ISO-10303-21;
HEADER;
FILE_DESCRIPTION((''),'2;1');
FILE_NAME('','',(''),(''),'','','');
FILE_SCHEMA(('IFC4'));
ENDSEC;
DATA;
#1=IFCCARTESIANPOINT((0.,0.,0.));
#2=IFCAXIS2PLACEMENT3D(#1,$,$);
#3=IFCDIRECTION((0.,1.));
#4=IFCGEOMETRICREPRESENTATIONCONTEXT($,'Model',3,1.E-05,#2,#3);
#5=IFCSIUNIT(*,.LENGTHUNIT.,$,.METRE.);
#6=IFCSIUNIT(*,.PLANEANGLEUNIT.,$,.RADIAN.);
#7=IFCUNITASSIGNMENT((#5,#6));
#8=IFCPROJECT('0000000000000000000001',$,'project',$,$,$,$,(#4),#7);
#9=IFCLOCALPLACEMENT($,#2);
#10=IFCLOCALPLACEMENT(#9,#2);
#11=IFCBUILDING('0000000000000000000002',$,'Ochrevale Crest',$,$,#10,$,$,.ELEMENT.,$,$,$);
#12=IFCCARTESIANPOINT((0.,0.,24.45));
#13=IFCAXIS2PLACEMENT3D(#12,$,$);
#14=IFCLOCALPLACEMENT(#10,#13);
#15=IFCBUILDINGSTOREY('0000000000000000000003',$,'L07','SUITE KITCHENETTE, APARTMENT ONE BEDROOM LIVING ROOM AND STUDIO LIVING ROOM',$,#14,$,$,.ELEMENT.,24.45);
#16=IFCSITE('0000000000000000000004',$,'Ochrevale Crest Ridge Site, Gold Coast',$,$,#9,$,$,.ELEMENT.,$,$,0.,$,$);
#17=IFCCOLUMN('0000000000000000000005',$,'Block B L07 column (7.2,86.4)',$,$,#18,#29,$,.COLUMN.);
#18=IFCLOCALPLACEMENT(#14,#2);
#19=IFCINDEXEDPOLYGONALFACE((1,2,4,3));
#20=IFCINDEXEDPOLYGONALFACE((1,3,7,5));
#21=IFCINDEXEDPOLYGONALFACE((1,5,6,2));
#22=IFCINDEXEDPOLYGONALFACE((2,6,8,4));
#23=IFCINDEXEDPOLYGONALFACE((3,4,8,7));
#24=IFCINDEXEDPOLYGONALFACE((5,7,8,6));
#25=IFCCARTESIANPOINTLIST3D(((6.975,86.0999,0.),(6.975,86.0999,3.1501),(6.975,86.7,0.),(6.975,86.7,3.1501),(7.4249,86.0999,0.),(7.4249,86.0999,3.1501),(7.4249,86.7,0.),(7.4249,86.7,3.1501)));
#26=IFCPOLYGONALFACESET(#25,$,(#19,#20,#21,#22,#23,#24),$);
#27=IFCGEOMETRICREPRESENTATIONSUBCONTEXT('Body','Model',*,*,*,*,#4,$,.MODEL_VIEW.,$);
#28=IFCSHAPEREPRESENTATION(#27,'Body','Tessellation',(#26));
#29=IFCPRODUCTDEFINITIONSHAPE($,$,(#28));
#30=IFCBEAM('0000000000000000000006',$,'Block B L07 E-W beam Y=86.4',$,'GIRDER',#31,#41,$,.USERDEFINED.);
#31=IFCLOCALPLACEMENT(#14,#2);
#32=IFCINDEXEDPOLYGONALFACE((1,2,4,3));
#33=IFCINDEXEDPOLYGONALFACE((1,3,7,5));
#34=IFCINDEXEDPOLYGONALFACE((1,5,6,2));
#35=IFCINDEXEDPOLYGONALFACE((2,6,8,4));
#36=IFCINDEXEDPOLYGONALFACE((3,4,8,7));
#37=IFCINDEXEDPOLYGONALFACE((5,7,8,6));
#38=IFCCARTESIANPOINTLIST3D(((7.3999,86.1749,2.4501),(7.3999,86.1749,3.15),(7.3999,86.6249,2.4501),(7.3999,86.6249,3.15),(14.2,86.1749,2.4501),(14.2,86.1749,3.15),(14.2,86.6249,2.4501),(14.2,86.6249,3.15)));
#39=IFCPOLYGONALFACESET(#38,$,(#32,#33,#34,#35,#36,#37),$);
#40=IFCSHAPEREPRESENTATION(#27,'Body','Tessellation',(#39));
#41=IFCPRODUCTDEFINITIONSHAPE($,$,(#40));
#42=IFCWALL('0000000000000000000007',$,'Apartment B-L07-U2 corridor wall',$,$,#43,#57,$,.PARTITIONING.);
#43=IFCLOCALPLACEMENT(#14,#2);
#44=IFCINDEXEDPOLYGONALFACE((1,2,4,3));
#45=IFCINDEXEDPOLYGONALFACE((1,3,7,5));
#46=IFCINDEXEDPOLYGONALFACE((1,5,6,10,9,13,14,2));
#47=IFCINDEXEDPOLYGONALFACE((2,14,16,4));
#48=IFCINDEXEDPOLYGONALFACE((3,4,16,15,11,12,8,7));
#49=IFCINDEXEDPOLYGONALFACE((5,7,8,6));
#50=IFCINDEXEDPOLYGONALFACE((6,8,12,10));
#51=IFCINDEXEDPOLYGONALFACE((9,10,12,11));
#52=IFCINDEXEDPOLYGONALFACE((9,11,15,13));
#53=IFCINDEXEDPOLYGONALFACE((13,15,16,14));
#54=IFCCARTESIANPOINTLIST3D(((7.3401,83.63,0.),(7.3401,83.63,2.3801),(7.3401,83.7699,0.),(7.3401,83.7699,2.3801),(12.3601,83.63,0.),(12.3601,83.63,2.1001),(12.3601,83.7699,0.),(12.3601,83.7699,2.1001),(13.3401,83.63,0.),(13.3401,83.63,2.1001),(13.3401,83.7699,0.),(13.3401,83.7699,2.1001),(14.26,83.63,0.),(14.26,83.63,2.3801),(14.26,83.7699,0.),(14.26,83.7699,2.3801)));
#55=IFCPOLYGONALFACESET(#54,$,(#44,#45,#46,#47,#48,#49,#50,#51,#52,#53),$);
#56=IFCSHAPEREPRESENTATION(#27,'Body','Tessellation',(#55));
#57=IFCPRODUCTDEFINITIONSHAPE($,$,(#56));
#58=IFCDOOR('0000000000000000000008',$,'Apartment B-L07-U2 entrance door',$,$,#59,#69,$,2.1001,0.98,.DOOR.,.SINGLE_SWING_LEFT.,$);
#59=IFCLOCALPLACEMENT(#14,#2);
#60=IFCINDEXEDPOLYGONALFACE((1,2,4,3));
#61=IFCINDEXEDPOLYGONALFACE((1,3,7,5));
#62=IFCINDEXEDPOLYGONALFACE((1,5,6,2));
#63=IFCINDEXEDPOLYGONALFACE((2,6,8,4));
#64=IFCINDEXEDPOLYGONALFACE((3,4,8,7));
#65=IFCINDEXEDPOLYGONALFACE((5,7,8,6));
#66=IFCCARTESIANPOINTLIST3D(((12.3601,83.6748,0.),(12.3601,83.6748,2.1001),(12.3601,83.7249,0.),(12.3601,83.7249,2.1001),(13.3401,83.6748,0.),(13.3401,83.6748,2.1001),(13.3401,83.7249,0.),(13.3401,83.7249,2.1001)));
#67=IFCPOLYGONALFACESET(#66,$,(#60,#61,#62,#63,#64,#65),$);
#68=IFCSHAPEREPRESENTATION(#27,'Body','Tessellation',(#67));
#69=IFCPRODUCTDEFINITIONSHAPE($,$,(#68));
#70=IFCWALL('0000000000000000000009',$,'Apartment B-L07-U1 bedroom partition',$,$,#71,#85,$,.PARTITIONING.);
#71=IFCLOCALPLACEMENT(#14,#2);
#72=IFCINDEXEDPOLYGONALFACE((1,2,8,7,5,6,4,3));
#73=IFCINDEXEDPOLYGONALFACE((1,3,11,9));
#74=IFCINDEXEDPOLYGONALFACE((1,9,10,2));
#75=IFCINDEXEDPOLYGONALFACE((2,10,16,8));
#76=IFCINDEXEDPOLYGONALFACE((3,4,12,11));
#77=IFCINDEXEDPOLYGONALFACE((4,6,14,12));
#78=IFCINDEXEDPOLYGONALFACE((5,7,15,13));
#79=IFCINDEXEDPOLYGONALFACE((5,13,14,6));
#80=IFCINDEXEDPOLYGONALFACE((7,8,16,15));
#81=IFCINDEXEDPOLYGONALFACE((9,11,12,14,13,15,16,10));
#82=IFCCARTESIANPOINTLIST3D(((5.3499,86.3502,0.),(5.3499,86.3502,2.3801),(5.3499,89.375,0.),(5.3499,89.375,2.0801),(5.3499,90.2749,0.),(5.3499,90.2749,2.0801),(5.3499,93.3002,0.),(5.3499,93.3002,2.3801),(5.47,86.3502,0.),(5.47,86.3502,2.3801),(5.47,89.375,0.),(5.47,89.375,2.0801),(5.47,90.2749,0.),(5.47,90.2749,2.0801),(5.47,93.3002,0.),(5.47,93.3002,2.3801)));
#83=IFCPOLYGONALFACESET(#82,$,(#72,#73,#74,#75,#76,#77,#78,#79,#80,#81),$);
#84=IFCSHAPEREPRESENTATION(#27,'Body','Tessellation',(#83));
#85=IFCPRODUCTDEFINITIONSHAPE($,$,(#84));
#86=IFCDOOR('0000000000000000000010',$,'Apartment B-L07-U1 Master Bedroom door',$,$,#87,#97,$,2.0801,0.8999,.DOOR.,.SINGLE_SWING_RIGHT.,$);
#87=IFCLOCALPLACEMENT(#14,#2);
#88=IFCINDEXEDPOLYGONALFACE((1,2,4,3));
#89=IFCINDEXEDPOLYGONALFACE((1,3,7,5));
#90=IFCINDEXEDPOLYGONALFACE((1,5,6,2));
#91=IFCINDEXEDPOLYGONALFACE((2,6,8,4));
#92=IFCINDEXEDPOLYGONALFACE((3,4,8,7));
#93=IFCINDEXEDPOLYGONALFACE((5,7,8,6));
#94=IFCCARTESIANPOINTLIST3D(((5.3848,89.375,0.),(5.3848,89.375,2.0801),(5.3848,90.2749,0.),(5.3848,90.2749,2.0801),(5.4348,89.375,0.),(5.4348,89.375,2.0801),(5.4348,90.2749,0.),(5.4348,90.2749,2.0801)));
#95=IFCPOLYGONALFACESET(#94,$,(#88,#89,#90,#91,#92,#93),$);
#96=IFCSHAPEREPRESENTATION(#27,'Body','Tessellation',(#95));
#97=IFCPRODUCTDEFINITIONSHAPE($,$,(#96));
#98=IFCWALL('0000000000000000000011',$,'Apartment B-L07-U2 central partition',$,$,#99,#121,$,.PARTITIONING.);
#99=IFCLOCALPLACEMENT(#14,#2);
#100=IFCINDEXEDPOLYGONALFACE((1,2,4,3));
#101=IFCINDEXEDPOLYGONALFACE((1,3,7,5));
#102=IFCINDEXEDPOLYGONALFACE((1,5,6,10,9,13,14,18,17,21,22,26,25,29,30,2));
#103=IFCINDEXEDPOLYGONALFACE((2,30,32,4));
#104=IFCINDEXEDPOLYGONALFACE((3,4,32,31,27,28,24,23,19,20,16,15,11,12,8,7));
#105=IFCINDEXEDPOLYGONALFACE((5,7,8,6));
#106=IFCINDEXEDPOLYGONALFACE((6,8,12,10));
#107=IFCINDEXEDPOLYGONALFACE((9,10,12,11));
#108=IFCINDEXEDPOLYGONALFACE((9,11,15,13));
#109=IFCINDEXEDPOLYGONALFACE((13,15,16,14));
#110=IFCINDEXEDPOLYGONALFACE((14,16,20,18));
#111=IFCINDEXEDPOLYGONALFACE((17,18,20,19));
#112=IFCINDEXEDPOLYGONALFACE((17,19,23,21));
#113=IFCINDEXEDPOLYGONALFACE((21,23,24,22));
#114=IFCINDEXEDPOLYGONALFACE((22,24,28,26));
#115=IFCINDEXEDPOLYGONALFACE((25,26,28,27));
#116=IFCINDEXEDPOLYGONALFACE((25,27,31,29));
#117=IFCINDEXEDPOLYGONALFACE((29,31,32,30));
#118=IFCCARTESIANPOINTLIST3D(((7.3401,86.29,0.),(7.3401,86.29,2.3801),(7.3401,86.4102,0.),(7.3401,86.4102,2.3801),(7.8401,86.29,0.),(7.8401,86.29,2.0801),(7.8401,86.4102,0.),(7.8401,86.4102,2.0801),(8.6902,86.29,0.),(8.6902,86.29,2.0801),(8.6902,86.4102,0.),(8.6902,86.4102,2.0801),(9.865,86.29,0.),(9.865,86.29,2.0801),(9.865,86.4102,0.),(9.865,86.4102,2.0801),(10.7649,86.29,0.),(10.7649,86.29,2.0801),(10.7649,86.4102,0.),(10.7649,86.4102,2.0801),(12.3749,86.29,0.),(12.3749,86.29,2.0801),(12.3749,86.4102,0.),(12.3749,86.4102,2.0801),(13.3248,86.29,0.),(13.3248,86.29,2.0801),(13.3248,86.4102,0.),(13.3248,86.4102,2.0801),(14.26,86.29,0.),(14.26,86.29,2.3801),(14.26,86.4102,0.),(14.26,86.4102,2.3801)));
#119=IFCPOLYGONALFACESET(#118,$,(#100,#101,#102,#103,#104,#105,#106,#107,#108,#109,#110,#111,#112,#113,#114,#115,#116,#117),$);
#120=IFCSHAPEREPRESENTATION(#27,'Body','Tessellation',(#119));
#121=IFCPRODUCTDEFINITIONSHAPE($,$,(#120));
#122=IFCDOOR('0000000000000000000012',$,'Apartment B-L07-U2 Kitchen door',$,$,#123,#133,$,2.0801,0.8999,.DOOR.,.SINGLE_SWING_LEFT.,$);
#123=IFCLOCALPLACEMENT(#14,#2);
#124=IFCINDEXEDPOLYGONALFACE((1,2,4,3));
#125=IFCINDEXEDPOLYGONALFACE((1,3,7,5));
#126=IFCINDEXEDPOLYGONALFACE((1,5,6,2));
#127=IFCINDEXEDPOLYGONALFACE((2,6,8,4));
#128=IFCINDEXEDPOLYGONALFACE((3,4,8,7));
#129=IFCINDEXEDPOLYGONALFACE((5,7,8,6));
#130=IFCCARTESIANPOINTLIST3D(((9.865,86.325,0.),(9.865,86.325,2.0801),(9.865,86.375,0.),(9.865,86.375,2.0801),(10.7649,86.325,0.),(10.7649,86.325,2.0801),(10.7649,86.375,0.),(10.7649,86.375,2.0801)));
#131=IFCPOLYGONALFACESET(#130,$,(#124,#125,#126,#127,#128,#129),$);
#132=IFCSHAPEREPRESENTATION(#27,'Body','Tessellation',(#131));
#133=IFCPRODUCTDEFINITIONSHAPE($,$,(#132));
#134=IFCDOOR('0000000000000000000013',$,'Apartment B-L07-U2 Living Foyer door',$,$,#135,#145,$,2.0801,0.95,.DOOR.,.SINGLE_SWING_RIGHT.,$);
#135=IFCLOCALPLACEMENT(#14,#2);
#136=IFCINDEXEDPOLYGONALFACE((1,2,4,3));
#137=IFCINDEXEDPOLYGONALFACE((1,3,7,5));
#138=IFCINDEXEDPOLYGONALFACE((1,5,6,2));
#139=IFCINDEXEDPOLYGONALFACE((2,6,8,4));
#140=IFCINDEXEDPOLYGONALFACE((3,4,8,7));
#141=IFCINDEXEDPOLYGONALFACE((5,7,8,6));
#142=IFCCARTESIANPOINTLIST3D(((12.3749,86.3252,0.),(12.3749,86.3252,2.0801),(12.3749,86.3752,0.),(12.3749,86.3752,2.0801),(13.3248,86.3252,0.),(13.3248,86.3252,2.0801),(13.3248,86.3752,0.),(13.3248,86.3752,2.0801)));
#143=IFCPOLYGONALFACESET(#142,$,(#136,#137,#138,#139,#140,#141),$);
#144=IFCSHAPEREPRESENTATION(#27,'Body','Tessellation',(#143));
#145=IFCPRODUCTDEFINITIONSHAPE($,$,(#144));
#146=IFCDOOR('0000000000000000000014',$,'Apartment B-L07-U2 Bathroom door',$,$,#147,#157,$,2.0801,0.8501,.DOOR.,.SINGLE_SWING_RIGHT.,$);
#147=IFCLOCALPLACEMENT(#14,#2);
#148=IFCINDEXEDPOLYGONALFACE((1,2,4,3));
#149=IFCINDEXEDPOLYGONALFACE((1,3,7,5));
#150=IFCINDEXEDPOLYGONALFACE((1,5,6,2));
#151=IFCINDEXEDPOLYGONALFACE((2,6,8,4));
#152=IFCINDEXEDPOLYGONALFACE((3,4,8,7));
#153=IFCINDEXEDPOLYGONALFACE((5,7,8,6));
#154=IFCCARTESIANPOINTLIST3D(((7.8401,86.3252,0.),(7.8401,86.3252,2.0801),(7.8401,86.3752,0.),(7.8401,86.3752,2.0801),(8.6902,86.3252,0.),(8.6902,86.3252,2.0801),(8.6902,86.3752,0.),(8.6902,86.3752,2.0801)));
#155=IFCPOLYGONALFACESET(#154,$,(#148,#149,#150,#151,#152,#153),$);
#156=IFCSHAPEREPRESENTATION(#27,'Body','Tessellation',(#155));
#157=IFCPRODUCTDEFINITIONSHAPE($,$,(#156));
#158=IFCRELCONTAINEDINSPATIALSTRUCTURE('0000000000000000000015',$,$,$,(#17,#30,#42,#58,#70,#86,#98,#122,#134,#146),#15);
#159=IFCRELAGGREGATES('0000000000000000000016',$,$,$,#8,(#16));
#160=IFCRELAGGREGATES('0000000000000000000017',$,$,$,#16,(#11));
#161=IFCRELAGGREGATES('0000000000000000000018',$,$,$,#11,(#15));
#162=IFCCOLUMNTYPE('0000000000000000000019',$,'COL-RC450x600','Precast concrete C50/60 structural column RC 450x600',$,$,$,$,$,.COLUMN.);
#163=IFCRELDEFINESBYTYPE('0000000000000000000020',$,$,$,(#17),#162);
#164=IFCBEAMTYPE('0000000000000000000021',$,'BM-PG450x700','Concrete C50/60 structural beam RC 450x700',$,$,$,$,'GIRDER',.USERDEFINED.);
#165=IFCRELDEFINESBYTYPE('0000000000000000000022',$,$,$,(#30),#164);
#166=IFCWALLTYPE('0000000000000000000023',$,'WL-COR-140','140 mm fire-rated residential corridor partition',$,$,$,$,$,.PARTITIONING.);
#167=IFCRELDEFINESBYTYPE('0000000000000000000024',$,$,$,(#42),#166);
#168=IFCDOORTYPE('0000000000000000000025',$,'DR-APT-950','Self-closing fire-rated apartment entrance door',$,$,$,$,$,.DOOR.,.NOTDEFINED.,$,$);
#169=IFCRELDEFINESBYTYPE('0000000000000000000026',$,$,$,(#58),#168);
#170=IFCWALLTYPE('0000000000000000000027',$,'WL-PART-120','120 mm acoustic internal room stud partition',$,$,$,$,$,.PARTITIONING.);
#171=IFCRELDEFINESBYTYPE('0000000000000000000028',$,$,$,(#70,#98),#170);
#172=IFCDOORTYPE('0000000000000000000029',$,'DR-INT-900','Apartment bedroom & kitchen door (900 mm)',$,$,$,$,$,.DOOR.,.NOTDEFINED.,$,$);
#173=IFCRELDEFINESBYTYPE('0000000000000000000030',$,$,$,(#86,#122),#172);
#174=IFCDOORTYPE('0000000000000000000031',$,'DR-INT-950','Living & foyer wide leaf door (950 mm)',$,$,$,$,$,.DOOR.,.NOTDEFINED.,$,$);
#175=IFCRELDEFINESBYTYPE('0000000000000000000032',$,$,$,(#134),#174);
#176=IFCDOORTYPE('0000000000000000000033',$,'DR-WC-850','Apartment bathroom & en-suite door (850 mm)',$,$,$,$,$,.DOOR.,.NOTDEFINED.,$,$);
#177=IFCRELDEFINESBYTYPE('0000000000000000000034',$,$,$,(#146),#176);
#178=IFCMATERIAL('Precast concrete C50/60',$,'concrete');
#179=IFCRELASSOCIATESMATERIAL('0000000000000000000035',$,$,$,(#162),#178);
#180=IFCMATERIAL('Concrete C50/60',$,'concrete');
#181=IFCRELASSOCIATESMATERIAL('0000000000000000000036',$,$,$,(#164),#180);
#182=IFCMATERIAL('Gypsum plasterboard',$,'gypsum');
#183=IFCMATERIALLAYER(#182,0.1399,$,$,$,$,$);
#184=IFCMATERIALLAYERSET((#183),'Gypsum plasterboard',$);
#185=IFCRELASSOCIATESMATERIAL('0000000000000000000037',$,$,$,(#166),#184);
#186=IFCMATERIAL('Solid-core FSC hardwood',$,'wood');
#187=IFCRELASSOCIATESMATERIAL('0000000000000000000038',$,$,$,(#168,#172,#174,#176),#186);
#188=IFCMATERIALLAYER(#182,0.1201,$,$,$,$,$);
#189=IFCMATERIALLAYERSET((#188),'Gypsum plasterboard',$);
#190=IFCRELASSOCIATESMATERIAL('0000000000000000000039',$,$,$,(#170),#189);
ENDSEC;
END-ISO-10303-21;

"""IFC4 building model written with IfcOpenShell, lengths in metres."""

from ifc_helpers import new_model, si_unit, direction, frame, frame_2d, origin, origin_2d, place, context, subcontext, project, spatial, rectangle, extrude, material, layer, layer_set, material_profile, profile_set, type_object, element, fill, save


model = new_model("IFC4")

# Units and contexts
model_context = context("Model", 3, precision=1e-05, world=origin(), true_north=direction((0.0, 1.0)))
body_context = subcontext(model_context, "Body", "Model", "MODEL_VIEW")
ifc_project = project(units=[si_unit("LENGTHUNIT", "METRE"), si_unit("PLANEANGLEUNIT", "RADIAN")], contexts=[model_context])

# Site, building, storey
site_placement = place(None, origin())
site = spatial("IfcSite", under=ifc_project, at=site_placement, Name="Ochrevale Crest Ridge Site, Gold Coast", CompositionType="ELEMENT", RefElevation=0.0)
building_placement = place(site_placement, origin())
building = spatial("IfcBuilding", under=site, at=building_placement, Name="Ochrevale Crest", CompositionType="ELEMENT")
storey_placement = place(building_placement, frame((0.0, 0.0, 24.45)))
storey = spatial("IfcBuildingStorey", under=building, at=storey_placement, Name="L07", Description="SUITE KITCHENETTE, APARTMENT ONE BEDROOM LIVING ROOM AND STUDIO LIVING ROOM", CompositionType="ELEMENT", Elevation=24.45)

# Column
ifc_material_1 = material(Name="Precast concrete C50/60", Category="concrete")
ifc_material_profile_1 = material_profile(ifc_material_1, rectangle(XDim=0.45, YDim=0.6001, at=origin_2d()), Name="RC 450x600")
ifc_profile_set_1 = profile_set([ifc_material_profile_1], Name="Precast concrete C50/60")
column_type = type_object("IfcColumnType", Name="COL-RC450x600", Description="Precast concrete C50/60 structural column RC 450x600", PredefinedType="COLUMN", material=ifc_profile_set_1)
column_placement = place(storey_placement, frame((7.2, 86.3999, 0.0), z_axis=(0.0, 0.0, 1.0), x_axis=(1.0, 0.0, 0.0)))
element("IfcColumn", 1, at=column_placement, inside=storey, type_object=column_type, Name="Block B L07 column (7.2,86.4)", PredefinedType="COLUMN", context=body_context, shape_type="SweptSolid", body=[
    extrude(rectangle(XDim=0.45, YDim=0.6001, at=origin_2d()), origin(), (0.0, 0.0, 1.0), 3.1501),
])

# Beam
ifc_material_2 = material(Name="Concrete C50/60", Category="concrete")
ifc_material_profile_2 = material_profile(ifc_material_2, rectangle(XDim=0.45, YDim=0.7, at=origin_2d()), Name="RC 450x700")
ifc_profile_set_2 = profile_set([ifc_material_profile_2], Name="Concrete C50/60")
beam_type = type_object("IfcBeamType", Name="BM-PG450x700", Description="Concrete C50/60 structural beam RC 450x700", ElementType="GIRDER", PredefinedType="USERDEFINED", material=ifc_profile_set_2)
beam_placement = place(storey_placement, frame((7.3999, 86.3999, 2.8), z_axis=(1.0, 0.0, 0.0), x_axis=(0.0, 1.0, 0.0)))
element("IfcBeam", 2, at=beam_placement, inside=storey, type_object=beam_type, Name="Block B L07 E-W beam Y=86.4", ObjectType="GIRDER", PredefinedType="USERDEFINED", context=body_context, shape_type="SweptSolid", body=[
    extrude(rectangle(XDim=0.45, YDim=0.7, at=origin_2d()), origin(), (0.0, 0.0, 1.0), 6.8),
])

# Walls, openings, doors
ifc_material_3 = material(Name="Gypsum plasterboard", Category="gypsum")
ifc_layer_1 = layer(ifc_material_3, 0.1399)
ifc_layer_set_1 = layer_set([ifc_layer_1], Name="Gypsum plasterboard")
wall_type_1 = type_object("IfcWallType", Name="WL-COR-140", Description="140 mm fire-rated residential corridor partition", PredefinedType="PARTITIONING", material=ifc_layer_set_1)
wall_1_placement = place(storey_placement, frame((7.3401, 83.7, 0.0), z_axis=(0.0, 0.0, 1.0), x_axis=(1.0, 0.0, 0.0)))
wall_1 = element("IfcWall", 3, at=wall_1_placement, inside=storey, type_object=wall_type_1, Name="Apartment B-L07-U2 corridor wall", PredefinedType="PARTITIONING", context=body_context, shape_type="SweptSolid", body=[
    extrude(rectangle(XDim=6.9199, YDim=0.1399, at=frame_2d((3.46, 0.0))), origin(), (0.0, 0.0, 1.0), 2.3801),
])
opening_1_placement = place(wall_1_placement, frame((5.02, 0.0, 0.0)))
opening_1 = element("IfcOpeningElement", 4, at=opening_1_placement, cuts=wall_1, PredefinedType="OPENING", context=body_context, shape_type="SweptSolid", body=[
    extrude(rectangle(XDim=0.98, YDim=2.1001, at=frame_2d((0.49, 1.05))), frame((0.0, 0.0801, 0.0), z_axis=(0.0, -1.0, 0.0), x_axis=(1.0, 0.0, 0.0)), (0.0, 0.0, 1.0), 0.1599),
])
ifc_material_4 = material(Name="Solid-core FSC hardwood", Category="wood")
door_type_1 = type_object("IfcDoorType", Name="DR-APT-950", Description="Self-closing fire-rated apartment entrance door", OperationType="NOTDEFINED", PredefinedType="DOOR", material=ifc_material_4)
door_1_placement = place(opening_1_placement, origin())
door_1 = element("IfcDoor", 5, at=door_1_placement, inside=storey, type_object=door_type_1, Name="Apartment B-L07-U2 entrance door", OperationType="SINGLE_SWING_LEFT", OverallHeight=2.1001, OverallWidth=0.98, PredefinedType="DOOR", context=body_context, shape_type="SweptSolid", body=[
    extrude(rectangle(XDim=0.98, YDim=2.1001, at=frame_2d((0.49, 1.05))), frame((0.0, 0.0249, 0.0), z_axis=(0.0, -1.0, 0.0), x_axis=(1.0, 0.0, 0.0)), (0.0, 0.0, 1.0), 0.05),
])
fill(opening_1, door_1)
ifc_layer_2 = layer(ifc_material_3, 0.1201)
ifc_layer_set_2 = layer_set([ifc_layer_2], Name="Gypsum plasterboard")
wall_type_2 = type_object("IfcWallType", Name="WL-PART-120", Description="120 mm acoustic internal room stud partition", PredefinedType="PARTITIONING", material=ifc_layer_set_2)
wall_2_placement = place(storey_placement, frame((5.4099, 86.3501, 0.0), z_axis=(0.0, 0.0, 1.0), x_axis=(0.0, 1.0, 0.0)))
wall_2 = element("IfcWall", 6, at=wall_2_placement, inside=storey, type_object=wall_type_2, Name="Apartment B-L07-U1 bedroom partition", PredefinedType="PARTITIONING", context=body_context, shape_type="SweptSolid", body=[
    extrude(rectangle(XDim=6.95, YDim=0.1201, at=frame_2d((3.4751, 0.0))), origin(), (0.0, 0.0, 1.0), 2.3801),
])
opening_2_placement = place(wall_2_placement, frame((3.9248, 0.0, 0.0), z_axis=(0.0, 0.0, 1.0), x_axis=(-1.0, 0.0, 0.0)))
opening_2 = element("IfcOpeningElement", 7, at=opening_2_placement, cuts=wall_2, PredefinedType="OPENING", context=body_context, shape_type="SweptSolid", body=[
    extrude(rectangle(XDim=0.8999, YDim=2.0801, at=frame_2d((0.45, 1.04))), frame((0.0, 0.0701, 0.0), z_axis=(0.0, -1.0, 0.0), x_axis=(1.0, 0.0, 0.0)), (0.0, 0.0, 1.0), 0.1401),
])
door_type_2 = type_object("IfcDoorType", Name="DR-INT-900", Description="Apartment bedroom & kitchen door (900 mm)", OperationType="NOTDEFINED", PredefinedType="DOOR", material=ifc_material_4)
door_2_placement = place(opening_2_placement, origin())
door_2 = element("IfcDoor", 8, at=door_2_placement, inside=storey, type_object=door_type_2, Name="Apartment B-L07-U1 Master Bedroom door", OperationType="SINGLE_SWING_RIGHT", OverallHeight=2.0801, OverallWidth=0.8999, PredefinedType="DOOR", context=body_context, shape_type="SweptSolid", body=[
    extrude(rectangle(XDim=0.8999, YDim=2.0801, at=frame_2d((0.45, 1.04))), frame((0.0, 0.0249, 0.0), z_axis=(0.0, -1.0, 0.0), x_axis=(1.0, 0.0, 0.0)), (0.0, 0.0, 1.0), 0.05),
])
fill(opening_2, door_2)

# Wall, openings, doors
wall_3_placement = place(storey_placement, frame((7.3401, 86.3501, 0.0), z_axis=(0.0, 0.0, 1.0), x_axis=(1.0, 0.0, 0.0)))
wall_3 = element("IfcWall", 9, at=wall_3_placement, inside=storey, type_object=wall_type_2, Name="Apartment B-L07-U2 central partition", PredefinedType="PARTITIONING", context=body_context, shape_type="SweptSolid", body=[
    extrude(rectangle(XDim=6.9199, YDim=0.1201, at=frame_2d((3.46, 0.0))), origin(), (0.0, 0.0, 1.0), 2.3801),
])
opening_3_placement = place(wall_3_placement, frame((1.3501, 0.0, 0.0), z_axis=(0.0, 0.0, 1.0), x_axis=(-1.0, 0.0, 0.0)))
opening_3 = element("IfcOpeningElement", 10, at=opening_3_placement, cuts=wall_3, PredefinedType="OPENING", context=body_context, shape_type="SweptSolid", body=[
    extrude(rectangle(XDim=0.8501, YDim=2.0801, at=frame_2d((0.425, 1.04))), frame((0.0, 0.0701, 0.0), z_axis=(0.0, -1.0, 0.0), x_axis=(1.0, 0.0, 0.0)), (0.0, 0.0, 1.0), 0.1401),
])
opening_4_placement = place(wall_3_placement, frame((2.5249, 0.0, 0.0)))
opening_4 = element("IfcOpeningElement", 11, at=opening_4_placement, cuts=wall_3, PredefinedType="OPENING", context=body_context, shape_type="SweptSolid", body=[
    extrude(rectangle(XDim=0.8999, YDim=2.0801, at=frame_2d((0.45, 1.04))), frame((0.0, 0.0701, 0.0), z_axis=(0.0, -1.0, 0.0), x_axis=(1.0, 0.0, 0.0)), (0.0, 0.0, 1.0), 0.1401),
])
opening_5_placement = place(wall_3_placement, frame((5.9849, 0.0, 0.0), z_axis=(0.0, 0.0, 1.0), x_axis=(-1.0, 0.0, 0.0)))
opening_5 = element("IfcOpeningElement", 12, at=opening_5_placement, cuts=wall_3, PredefinedType="OPENING", context=body_context, shape_type="SweptSolid", body=[
    extrude(rectangle(XDim=0.95, YDim=2.0801, at=frame_2d((0.4751, 1.04))), frame((0.0, 0.0701, 0.0), z_axis=(0.0, -1.0, 0.0), x_axis=(1.0, 0.0, 0.0)), (0.0, 0.0, 1.0), 0.1401),
])
door_3_placement = place(opening_4_placement, origin())
door_3 = element("IfcDoor", 13, at=door_3_placement, inside=storey, type_object=door_type_2, Name="Apartment B-L07-U2 Kitchen door", OperationType="SINGLE_SWING_LEFT", OverallHeight=2.0801, OverallWidth=0.8999, PredefinedType="DOOR", context=body_context, shape_type="SweptSolid", body=[
    extrude(rectangle(XDim=0.8999, YDim=2.0801, at=frame_2d((0.45, 1.04))), frame((0.0, 0.0249, 0.0), z_axis=(0.0, -1.0, 0.0), x_axis=(1.0, 0.0, 0.0)), (0.0, 0.0, 1.0), 0.05),
])
fill(opening_4, door_3)
door_type_3 = type_object("IfcDoorType", Name="DR-INT-950", Description="Living & foyer wide leaf door (950 mm)", OperationType="NOTDEFINED", PredefinedType="DOOR", material=ifc_material_4)
door_4_placement = place(opening_5_placement, origin())
door_4 = element("IfcDoor", 14, at=door_4_placement, inside=storey, type_object=door_type_3, Name="Apartment B-L07-U2 Living Foyer door", OperationType="SINGLE_SWING_RIGHT", OverallHeight=2.0801, OverallWidth=0.95, PredefinedType="DOOR", context=body_context, shape_type="SweptSolid", body=[
    extrude(rectangle(XDim=0.95, YDim=2.0801, at=frame_2d((0.4751, 1.04))), frame((0.0, 0.0249, 0.0), z_axis=(0.0, -1.0, 0.0), x_axis=(1.0, 0.0, 0.0)), (0.0, 0.0, 1.0), 0.05),
])
fill(opening_5, door_4)
door_type_4 = type_object("IfcDoorType", Name="DR-WC-850", Description="Apartment bathroom & en-suite door (850 mm)", OperationType="NOTDEFINED", PredefinedType="DOOR", material=ifc_material_4)
door_5_placement = place(opening_3_placement, origin())
door_5 = element("IfcDoor", 15, at=door_5_placement, inside=storey, type_object=door_type_4, Name="Apartment B-L07-U2 Bathroom door", OperationType="SINGLE_SWING_RIGHT", OverallHeight=2.0801, OverallWidth=0.8501, PredefinedType="DOOR", context=body_context, shape_type="SweptSolid", body=[
    extrude(rectangle(XDim=0.8501, YDim=2.0801, at=frame_2d((0.425, 1.04))), frame((0.0, 0.0249, 0.0), z_axis=(0.0, -1.0, 0.0), x_axis=(1.0, 0.0, 0.0)), (0.0, 0.0, 1.0), 0.05),
])
fill(opening_3, door_5)

save(model, "model.ifc")
